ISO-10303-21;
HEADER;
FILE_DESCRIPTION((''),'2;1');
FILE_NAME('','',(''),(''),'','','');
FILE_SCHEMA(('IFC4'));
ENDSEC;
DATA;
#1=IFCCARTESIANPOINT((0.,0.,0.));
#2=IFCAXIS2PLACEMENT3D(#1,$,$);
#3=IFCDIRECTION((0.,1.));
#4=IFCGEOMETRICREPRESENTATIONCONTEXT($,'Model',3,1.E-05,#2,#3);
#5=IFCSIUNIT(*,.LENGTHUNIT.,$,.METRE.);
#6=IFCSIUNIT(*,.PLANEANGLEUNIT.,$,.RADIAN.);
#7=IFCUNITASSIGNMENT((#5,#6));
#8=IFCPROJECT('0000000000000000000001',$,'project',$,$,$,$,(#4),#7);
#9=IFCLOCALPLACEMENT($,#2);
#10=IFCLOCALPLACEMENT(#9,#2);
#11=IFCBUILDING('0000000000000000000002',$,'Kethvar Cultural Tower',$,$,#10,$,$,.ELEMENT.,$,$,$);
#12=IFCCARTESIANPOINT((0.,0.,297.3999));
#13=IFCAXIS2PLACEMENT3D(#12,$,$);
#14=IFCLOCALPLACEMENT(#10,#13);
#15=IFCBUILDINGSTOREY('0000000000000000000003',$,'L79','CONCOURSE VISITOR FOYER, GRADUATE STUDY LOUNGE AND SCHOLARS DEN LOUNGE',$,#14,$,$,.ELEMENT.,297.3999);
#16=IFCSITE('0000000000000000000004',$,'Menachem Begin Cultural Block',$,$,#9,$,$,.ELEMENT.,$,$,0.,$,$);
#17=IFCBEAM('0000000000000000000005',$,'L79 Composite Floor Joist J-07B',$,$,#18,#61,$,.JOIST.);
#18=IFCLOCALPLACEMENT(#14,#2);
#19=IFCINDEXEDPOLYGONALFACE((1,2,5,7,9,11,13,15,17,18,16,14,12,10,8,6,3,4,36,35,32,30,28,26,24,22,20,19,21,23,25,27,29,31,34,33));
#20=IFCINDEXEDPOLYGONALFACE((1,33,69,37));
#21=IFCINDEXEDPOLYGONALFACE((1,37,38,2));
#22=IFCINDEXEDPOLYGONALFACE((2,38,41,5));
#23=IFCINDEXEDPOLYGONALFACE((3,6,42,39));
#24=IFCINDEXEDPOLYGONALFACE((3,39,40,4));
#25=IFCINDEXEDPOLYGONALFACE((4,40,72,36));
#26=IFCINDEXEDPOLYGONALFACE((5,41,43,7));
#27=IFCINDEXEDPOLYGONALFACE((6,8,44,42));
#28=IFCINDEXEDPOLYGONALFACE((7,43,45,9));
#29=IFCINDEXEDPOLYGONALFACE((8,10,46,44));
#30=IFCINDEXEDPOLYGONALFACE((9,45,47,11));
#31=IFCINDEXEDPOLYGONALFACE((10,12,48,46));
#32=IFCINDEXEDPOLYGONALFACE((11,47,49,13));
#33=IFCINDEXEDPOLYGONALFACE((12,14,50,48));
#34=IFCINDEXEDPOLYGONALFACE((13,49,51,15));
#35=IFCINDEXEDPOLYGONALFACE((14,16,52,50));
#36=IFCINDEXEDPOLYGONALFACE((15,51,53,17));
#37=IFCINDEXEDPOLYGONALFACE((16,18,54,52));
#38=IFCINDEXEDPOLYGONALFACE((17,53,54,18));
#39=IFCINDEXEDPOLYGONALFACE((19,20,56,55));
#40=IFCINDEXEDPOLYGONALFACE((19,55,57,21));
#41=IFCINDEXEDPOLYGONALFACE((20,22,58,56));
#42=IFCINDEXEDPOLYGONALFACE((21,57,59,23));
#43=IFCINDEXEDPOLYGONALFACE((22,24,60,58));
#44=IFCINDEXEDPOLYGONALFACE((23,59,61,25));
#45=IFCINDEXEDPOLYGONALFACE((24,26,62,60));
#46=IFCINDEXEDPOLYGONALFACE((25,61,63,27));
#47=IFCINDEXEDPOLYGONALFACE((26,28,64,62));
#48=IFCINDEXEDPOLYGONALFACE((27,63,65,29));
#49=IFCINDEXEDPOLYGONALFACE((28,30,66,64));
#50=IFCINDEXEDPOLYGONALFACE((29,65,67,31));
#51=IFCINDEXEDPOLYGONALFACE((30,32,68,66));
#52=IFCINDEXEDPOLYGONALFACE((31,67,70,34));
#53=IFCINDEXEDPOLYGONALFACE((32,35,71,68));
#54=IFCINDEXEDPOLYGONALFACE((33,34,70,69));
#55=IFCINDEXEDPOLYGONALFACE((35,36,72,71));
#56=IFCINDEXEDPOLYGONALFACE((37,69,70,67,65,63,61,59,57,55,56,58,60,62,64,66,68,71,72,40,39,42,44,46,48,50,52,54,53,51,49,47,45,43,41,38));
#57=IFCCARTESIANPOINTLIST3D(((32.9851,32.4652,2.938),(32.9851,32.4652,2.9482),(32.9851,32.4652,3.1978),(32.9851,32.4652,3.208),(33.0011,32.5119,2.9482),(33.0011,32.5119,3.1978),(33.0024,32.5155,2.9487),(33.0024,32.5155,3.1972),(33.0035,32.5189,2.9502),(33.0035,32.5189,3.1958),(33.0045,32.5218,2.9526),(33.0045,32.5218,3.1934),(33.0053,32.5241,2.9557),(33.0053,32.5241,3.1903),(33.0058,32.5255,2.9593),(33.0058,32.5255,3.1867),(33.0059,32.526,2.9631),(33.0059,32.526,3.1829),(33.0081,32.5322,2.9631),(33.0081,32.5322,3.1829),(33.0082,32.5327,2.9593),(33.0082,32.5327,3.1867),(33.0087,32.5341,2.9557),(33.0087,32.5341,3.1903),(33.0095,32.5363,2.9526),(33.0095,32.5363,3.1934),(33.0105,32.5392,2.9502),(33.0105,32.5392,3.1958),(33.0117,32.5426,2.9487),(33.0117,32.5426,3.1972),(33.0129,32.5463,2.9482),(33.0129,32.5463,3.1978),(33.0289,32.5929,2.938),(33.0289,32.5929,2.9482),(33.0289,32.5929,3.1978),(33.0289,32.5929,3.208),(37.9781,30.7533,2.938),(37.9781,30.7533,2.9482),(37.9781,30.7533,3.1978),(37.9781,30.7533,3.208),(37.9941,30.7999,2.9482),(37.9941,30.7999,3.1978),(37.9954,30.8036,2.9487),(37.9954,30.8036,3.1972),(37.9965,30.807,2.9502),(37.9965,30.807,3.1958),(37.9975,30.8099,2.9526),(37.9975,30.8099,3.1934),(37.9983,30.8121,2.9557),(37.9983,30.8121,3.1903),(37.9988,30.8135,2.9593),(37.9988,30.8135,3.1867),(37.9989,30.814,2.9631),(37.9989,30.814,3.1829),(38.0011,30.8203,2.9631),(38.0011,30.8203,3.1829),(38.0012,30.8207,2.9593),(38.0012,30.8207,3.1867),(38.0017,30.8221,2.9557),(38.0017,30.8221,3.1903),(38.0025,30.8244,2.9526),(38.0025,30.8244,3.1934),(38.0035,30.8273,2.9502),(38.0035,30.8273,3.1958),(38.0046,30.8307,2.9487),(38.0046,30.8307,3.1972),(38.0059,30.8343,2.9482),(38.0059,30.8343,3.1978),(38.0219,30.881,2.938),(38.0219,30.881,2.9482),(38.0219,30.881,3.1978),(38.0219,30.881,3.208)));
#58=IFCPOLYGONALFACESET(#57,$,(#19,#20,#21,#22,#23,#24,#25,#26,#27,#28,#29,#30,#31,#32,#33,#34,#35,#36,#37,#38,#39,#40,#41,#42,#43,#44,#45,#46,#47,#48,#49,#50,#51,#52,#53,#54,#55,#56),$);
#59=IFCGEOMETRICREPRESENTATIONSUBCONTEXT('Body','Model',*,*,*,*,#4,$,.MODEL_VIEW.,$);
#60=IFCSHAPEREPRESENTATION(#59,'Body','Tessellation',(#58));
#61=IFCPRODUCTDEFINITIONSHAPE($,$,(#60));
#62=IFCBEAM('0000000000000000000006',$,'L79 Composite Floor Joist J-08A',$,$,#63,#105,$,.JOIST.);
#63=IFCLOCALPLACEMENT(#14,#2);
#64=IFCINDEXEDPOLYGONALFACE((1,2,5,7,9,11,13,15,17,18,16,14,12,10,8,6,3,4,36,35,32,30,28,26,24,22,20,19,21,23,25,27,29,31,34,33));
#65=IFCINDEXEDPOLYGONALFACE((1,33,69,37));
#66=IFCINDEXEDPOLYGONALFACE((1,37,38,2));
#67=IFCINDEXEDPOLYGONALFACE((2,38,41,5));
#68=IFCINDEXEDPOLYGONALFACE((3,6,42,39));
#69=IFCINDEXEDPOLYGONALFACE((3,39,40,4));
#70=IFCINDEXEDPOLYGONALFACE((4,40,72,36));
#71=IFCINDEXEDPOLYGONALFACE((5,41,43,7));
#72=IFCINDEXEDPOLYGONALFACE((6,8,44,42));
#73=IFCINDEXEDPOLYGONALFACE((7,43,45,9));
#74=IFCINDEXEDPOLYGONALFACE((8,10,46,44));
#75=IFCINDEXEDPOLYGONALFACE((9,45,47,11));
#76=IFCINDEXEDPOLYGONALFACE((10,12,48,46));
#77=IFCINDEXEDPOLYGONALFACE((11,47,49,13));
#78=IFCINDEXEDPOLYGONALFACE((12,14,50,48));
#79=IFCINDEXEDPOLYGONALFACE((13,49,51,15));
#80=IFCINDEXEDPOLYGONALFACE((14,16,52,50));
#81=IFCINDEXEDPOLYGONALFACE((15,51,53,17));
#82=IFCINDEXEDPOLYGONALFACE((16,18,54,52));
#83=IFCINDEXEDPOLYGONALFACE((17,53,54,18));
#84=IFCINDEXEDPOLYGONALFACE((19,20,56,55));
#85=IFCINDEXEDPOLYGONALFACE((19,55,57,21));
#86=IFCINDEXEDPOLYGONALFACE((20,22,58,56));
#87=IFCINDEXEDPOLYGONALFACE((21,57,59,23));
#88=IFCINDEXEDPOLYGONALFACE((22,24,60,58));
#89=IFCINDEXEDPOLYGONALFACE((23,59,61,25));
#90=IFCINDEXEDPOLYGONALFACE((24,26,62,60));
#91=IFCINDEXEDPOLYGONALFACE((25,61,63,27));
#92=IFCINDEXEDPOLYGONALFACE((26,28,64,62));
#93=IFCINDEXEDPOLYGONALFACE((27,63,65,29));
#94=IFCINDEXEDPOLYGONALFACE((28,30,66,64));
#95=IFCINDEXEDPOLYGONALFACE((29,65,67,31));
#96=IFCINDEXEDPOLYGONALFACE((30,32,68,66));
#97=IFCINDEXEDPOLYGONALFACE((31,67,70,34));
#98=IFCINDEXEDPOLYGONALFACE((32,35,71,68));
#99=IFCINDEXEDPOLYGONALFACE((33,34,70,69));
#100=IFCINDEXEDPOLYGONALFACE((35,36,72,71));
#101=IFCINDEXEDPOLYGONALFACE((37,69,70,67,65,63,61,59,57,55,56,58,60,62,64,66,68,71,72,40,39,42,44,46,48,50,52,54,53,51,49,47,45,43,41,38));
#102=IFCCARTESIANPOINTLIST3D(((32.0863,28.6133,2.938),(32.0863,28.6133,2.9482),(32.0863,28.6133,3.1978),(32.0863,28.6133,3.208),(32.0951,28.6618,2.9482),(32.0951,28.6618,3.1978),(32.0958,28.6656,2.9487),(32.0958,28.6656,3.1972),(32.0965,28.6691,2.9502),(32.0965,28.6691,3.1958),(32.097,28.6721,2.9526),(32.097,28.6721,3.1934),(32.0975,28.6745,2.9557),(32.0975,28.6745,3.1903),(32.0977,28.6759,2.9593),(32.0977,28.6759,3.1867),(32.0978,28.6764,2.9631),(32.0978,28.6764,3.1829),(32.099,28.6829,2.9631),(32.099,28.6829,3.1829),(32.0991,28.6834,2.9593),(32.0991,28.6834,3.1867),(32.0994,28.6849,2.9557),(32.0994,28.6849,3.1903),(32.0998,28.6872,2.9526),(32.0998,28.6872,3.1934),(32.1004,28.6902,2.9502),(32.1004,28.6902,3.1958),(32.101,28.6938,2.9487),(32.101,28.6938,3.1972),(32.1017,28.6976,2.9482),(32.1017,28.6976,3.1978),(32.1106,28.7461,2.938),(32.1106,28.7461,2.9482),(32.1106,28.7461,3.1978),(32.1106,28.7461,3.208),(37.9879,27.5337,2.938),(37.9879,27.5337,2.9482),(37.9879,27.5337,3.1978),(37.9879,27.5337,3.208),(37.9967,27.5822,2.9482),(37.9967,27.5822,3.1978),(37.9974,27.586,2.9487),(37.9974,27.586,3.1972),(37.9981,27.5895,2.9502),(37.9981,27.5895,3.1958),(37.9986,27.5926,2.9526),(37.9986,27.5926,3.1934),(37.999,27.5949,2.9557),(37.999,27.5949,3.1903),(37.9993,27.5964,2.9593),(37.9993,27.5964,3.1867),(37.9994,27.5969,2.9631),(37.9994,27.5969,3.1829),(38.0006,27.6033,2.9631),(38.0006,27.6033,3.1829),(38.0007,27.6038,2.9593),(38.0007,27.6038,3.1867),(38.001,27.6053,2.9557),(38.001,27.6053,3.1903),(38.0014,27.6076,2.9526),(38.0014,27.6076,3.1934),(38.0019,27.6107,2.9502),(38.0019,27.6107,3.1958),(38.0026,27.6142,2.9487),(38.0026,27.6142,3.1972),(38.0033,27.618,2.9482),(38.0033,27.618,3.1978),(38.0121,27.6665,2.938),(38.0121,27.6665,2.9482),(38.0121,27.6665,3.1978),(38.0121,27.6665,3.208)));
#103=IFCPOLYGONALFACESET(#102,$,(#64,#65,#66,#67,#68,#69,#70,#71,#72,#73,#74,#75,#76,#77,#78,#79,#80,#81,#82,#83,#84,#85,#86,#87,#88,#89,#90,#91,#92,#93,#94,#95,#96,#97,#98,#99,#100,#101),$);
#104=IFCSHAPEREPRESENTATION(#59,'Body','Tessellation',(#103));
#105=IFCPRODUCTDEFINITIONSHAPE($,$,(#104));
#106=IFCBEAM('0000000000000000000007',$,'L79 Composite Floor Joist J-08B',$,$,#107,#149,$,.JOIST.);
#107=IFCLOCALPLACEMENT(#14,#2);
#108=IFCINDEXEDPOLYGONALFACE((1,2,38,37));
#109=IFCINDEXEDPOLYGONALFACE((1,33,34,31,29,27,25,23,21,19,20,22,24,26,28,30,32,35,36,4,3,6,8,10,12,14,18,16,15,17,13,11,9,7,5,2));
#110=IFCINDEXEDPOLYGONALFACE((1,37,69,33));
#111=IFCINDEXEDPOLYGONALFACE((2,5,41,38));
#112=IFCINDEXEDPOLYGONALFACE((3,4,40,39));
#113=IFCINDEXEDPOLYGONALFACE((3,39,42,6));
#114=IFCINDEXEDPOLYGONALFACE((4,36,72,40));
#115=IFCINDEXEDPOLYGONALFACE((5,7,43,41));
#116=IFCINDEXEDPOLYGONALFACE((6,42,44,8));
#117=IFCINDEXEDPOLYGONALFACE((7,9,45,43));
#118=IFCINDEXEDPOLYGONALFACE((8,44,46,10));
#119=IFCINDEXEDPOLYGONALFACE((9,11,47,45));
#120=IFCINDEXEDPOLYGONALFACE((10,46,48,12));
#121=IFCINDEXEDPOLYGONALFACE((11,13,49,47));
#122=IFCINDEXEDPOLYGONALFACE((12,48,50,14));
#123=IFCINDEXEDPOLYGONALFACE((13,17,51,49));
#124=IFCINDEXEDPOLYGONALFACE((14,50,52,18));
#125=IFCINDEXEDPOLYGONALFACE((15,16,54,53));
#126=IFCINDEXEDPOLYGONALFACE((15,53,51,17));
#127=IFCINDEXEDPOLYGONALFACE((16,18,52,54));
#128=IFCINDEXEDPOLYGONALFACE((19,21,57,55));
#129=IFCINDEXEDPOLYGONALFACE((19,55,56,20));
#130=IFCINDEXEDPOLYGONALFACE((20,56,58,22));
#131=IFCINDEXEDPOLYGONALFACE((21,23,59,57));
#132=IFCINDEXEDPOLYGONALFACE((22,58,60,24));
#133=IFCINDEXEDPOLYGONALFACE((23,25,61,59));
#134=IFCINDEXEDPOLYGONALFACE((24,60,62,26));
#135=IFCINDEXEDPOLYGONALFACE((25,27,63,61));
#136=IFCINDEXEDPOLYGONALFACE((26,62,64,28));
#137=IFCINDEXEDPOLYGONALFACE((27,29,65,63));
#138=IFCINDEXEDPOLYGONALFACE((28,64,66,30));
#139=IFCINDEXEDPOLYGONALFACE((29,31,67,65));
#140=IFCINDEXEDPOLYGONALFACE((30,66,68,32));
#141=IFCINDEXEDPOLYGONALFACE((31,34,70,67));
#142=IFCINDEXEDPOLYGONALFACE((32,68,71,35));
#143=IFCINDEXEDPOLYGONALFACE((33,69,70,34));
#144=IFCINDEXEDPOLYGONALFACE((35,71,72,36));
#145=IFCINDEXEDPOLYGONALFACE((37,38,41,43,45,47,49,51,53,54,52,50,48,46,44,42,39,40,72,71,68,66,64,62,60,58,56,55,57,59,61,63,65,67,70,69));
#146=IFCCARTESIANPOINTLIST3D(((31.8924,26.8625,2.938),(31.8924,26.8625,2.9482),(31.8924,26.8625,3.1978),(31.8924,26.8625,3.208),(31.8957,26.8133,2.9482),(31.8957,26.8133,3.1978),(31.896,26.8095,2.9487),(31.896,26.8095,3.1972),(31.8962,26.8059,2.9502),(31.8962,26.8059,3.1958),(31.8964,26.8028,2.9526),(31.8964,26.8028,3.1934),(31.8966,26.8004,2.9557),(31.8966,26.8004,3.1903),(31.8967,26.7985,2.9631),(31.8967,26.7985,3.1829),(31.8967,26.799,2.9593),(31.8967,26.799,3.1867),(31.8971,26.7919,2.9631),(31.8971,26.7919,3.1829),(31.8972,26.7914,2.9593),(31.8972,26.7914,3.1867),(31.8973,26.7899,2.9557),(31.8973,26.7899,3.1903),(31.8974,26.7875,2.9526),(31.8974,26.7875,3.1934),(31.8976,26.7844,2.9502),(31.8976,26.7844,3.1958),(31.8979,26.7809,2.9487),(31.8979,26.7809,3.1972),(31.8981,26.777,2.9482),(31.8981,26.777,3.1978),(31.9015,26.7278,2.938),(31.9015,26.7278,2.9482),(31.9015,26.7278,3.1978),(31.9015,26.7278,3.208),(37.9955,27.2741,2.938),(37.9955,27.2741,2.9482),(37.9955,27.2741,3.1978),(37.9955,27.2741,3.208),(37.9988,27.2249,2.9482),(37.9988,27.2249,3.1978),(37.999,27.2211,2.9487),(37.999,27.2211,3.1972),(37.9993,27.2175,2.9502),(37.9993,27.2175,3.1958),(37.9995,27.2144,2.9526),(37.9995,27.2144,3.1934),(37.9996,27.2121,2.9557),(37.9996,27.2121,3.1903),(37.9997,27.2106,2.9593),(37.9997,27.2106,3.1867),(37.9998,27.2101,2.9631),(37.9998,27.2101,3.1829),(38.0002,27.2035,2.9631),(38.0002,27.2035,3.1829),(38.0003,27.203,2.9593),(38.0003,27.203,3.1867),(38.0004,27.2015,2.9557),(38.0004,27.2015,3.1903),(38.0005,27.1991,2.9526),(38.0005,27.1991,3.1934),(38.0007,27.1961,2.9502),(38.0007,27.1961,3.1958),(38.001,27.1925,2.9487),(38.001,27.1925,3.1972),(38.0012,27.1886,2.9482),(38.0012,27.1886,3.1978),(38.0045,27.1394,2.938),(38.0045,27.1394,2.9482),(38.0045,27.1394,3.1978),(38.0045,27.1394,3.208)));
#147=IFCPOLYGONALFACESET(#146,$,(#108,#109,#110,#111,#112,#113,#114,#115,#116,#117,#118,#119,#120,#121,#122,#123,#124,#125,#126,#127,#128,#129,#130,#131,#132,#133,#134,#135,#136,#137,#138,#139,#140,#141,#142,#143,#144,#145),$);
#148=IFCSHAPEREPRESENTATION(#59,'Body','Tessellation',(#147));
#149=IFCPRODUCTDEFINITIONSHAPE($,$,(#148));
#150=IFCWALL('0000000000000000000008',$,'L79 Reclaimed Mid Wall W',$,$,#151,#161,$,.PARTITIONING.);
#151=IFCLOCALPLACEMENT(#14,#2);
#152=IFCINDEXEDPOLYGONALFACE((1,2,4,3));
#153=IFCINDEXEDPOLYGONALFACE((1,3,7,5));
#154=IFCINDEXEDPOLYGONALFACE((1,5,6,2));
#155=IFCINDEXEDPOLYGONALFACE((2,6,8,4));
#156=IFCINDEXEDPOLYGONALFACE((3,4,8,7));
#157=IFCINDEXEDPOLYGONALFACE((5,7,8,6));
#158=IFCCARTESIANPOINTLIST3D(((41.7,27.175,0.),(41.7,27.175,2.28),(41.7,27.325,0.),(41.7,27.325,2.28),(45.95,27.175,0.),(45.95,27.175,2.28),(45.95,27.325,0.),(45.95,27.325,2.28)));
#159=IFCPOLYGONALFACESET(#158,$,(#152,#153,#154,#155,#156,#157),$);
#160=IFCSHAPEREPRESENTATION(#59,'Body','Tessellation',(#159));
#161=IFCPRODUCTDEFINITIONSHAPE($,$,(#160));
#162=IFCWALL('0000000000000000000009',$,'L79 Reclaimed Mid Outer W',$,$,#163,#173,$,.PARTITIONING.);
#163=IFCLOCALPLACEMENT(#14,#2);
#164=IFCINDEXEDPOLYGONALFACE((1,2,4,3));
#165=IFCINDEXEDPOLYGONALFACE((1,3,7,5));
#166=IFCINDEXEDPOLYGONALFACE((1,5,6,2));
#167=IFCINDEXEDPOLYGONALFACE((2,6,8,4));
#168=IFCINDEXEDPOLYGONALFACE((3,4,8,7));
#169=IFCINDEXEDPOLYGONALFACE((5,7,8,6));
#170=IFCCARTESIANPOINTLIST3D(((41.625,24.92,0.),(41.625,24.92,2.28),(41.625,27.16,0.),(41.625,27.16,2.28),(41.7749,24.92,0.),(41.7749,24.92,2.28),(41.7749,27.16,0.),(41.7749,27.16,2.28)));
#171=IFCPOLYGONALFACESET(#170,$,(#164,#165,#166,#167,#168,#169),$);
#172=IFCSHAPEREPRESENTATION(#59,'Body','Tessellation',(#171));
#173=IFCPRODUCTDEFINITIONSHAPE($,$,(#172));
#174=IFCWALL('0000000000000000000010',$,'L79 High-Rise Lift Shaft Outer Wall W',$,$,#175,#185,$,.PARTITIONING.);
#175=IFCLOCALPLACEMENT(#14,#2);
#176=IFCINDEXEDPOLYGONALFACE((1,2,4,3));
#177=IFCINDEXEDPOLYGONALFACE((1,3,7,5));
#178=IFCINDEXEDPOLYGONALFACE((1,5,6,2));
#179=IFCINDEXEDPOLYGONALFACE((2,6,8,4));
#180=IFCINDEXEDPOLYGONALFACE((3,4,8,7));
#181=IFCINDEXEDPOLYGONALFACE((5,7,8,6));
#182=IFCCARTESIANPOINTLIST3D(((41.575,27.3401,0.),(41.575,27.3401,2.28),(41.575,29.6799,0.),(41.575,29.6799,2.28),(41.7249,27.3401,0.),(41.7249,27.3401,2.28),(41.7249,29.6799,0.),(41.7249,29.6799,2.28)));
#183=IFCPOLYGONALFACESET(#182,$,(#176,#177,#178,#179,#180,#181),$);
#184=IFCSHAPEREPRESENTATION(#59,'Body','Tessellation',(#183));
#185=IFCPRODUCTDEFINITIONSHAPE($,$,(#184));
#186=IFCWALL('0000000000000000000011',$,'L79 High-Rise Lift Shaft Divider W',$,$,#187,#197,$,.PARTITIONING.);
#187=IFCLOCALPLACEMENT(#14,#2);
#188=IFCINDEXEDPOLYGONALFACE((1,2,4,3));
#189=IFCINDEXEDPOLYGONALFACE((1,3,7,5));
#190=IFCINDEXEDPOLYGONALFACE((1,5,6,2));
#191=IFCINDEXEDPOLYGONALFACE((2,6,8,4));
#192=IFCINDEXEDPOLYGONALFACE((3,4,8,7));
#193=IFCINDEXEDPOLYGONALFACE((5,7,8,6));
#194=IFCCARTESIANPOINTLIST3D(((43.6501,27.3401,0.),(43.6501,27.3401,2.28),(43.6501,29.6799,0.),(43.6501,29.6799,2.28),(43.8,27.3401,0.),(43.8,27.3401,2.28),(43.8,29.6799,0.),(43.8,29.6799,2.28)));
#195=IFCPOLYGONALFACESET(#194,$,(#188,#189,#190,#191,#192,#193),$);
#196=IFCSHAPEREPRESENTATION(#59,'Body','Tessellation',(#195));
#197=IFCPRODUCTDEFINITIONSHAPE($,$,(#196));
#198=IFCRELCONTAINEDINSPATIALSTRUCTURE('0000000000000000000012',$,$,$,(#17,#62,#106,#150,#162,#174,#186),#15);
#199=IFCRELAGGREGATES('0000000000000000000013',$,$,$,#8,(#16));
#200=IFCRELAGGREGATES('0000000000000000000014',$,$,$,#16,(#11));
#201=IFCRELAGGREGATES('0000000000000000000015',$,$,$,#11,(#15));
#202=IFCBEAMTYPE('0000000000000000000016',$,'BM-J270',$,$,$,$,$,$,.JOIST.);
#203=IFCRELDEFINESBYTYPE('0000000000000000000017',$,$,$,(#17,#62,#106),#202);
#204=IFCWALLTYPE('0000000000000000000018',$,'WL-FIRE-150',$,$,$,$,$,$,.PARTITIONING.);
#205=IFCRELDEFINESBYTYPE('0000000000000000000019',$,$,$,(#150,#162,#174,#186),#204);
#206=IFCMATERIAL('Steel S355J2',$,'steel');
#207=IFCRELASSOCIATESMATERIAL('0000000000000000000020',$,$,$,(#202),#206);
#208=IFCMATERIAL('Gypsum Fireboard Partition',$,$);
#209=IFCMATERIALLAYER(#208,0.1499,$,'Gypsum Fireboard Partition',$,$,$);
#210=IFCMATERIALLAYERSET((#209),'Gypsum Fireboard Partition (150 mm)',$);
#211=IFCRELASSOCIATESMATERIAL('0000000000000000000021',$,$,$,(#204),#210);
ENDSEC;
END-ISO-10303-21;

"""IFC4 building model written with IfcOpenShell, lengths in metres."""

from ifc_helpers import new_model, si_unit, direction, frame, frame_2d, origin, origin_2d, place, context, subcontext, project, spatial, rectangle, i_section, extrude, source, transform, mapped, material, layer, layer_set, material_profile, profile_set, type_object, element, save


model = new_model("IFC4")

# Units and contexts
model_context = context("Model", 3, precision=1e-05, world=origin(), true_north=direction((0.0, 1.0)))
body_context = subcontext(model_context, "Body", "Model", "MODEL_VIEW")
ifc_project = project(units=[si_unit("LENGTHUNIT", "METRE"), si_unit("PLANEANGLEUNIT", "RADIAN")], contexts=[model_context])

# Site, building, storey
site_placement = place(None, origin())
site = spatial("IfcSite", under=ifc_project, at=site_placement, Name="Menachem Begin Cultural Block", CompositionType="ELEMENT", RefElevation=0.0)
building_placement = place(site_placement, origin())
building = spatial("IfcBuilding", under=site, at=building_placement, Name="Kethvar Cultural Tower", CompositionType="ELEMENT")
storey_placement = place(building_placement, frame((0.0, 0.0, 297.3999)))
storey = spatial("IfcBuildingStorey", under=building, at=storey_placement, Name="L79", Description="CONCOURSE VISITOR FOYER, GRADUATE STUDY LOUNGE AND SCHOLARS DEN LOUNGE", CompositionType="ELEMENT", Elevation=297.3999)

# Beams
ifc_material_1 = material(Name="Steel S355J2", Category="steel")
ifc_material_profile_1 = material_profile(ifc_material_1, i_section(OverallWidth=0.135, OverallDepth=0.27, WebThickness=0.0066, FlangeThickness=0.0103, FilletRadius=0.0149, at=origin_2d()), Name="Steel S355J2 — IPE270")
ifc_profile_set_1 = profile_set([ifc_material_profile_1], Name="Steel S355J2 — IPE270")
beam_type_1 = type_object("IfcBeamType", Name="BM-J270", PredefinedType="JOIST", material=ifc_profile_set_1)
shared_shape_1 = source(origin(), body_context, "Body", "SweptSolid", [
    extrude(i_section(OverallWidth=0.135, OverallDepth=0.27, WebThickness=0.0066, FlangeThickness=0.0103, FilletRadius=0.0149, at=origin_2d()), origin(), (0.0, 0.0, 1.0), 5.2783),
])
beam_1_placement = place(storey_placement, frame((38.0, 30.8171, 3.073), z_axis=(-0.945943, 0.324334, 0.0), x_axis=(-0.324334, -0.945943, 0.0)))
element("IfcBeam", 1, at=beam_1_placement, inside=storey, type_object=beam_type_1, Name="L79 Composite Floor Joist J-07B", PredefinedType="JOIST", context=body_context, shape_type="MappedRepresentation", body=[
    mapped(shared_shape_1, transform((0.0, 0.0, 0.0), scale=1.0)),
])
shared_shape_2 = source(origin(), body_context, "Body", "SweptSolid", [
    extrude(i_section(OverallWidth=0.135, OverallDepth=0.27, WebThickness=0.0066, FlangeThickness=0.0103, FilletRadius=0.0149, at=origin_2d()), origin(), (0.0, 0.0, 1.0), 5.9995),
])
beam_2_placement = place(storey_placement, frame((38.0, 27.6001, 3.073), z_axis=(-0.983677, 0.179945, 0.0), x_axis=(-0.179945, -0.983677, 0.0)))
element("IfcBeam", 2, at=beam_2_placement, inside=storey, type_object=beam_type_1, Name="L79 Composite Floor Joist J-08A", PredefinedType="JOIST", context=body_context, shape_type="MappedRepresentation", body=[
    mapped(shared_shape_2, transform((0.0, 0.0, 0.0), scale=1.0)),
])
shared_shape_3 = source(origin(), body_context, "Body", "SweptSolid", [
    extrude(i_section(OverallWidth=0.135, OverallDepth=0.27, WebThickness=0.0066, FlangeThickness=0.0103, FilletRadius=0.0149, at=origin_2d()), origin(), (0.0, 0.0, 1.0), 6.1169),
])
beam_3_placement = place(storey_placement, frame((38.0, 27.2068, 3.073), z_axis=(-0.997733, -0.067293, 0.0), x_axis=(0.067293, -0.997733, 0.0)))
element("IfcBeam", 3, at=beam_3_placement, inside=storey, type_object=beam_type_1, Name="L79 Composite Floor Joist J-08B", PredefinedType="JOIST", context=body_context, shape_type="MappedRepresentation", body=[
    mapped(shared_shape_3, transform((0.0, 0.0, 0.0), scale=1.0)),
])

# Walls
ifc_material_2 = material(Name="Gypsum Fireboard Partition")
ifc_layer_1 = layer(ifc_material_2, 0.1499, Name="Gypsum Fireboard Partition")
ifc_layer_set_1 = layer_set([ifc_layer_1], Name="Gypsum Fireboard Partition (150 mm)")
wall_type_1 = type_object("IfcWallType", Name="WL-FIRE-150", PredefinedType="PARTITIONING", material=ifc_layer_set_1)
wall_1_placement = place(storey_placement, frame((41.7, 27.25, 0.0), z_axis=(0.0, 0.0, 1.0), x_axis=(1.0, 0.0, 0.0)))
element("IfcWall", 4, at=wall_1_placement, inside=storey, type_object=wall_type_1, Name="L79 Reclaimed Mid Wall W", PredefinedType="PARTITIONING", context=body_context, shape_type="SweptSolid", body=[
    extrude(rectangle(XDim=4.25, YDim=0.1499, at=frame_2d((2.125, 0.0))), origin(), (0.0, 0.0, 1.0), 2.28),
])
wall_2_placement = place(storey_placement, frame((41.7, 24.9199, 0.0), z_axis=(0.0, 0.0, 1.0), x_axis=(0.0, 1.0, 0.0)))
element("IfcWall", 5, at=wall_2_placement, inside=storey, type_object=wall_type_1, Name="L79 Reclaimed Mid Outer W", PredefinedType="PARTITIONING", context=body_context, shape_type="SweptSolid", body=[
    extrude(rectangle(XDim=2.24, YDim=0.1499, at=frame_2d((1.1201, 0.0))), origin(), (0.0, 0.0, 1.0), 2.28),
])

# Walls
for number, where, z_axis, x_axis, name in (
    (6, (41.6499, 27.3401, 0.0), (0.0, 0.0, 1.0), (0.0, 1.0, 0.0), "L79 High-Rise Lift Shaft Outer Wall W"),
    (7, (43.7251, 27.3401, 0.0), (0.0, 0.0, 1.0), (0.0, 1.0, 0.0), "L79 High-Rise Lift Shaft Divider W"),
):
    element("IfcWall", number, at=place(storey_placement, frame(where, z_axis=z_axis, x_axis=x_axis)), inside=storey, type_object=wall_type_1, Name=name, PredefinedType="PARTITIONING", context=body_context, shape_type="SweptSolid", body=[
        extrude(rectangle(XDim=2.3398, YDim=0.1499, at=frame_2d((1.1699, 0.0))), origin(), (0.0, 0.0, 1.0), 2.28),
    ])

save(model, "model.ifc")
